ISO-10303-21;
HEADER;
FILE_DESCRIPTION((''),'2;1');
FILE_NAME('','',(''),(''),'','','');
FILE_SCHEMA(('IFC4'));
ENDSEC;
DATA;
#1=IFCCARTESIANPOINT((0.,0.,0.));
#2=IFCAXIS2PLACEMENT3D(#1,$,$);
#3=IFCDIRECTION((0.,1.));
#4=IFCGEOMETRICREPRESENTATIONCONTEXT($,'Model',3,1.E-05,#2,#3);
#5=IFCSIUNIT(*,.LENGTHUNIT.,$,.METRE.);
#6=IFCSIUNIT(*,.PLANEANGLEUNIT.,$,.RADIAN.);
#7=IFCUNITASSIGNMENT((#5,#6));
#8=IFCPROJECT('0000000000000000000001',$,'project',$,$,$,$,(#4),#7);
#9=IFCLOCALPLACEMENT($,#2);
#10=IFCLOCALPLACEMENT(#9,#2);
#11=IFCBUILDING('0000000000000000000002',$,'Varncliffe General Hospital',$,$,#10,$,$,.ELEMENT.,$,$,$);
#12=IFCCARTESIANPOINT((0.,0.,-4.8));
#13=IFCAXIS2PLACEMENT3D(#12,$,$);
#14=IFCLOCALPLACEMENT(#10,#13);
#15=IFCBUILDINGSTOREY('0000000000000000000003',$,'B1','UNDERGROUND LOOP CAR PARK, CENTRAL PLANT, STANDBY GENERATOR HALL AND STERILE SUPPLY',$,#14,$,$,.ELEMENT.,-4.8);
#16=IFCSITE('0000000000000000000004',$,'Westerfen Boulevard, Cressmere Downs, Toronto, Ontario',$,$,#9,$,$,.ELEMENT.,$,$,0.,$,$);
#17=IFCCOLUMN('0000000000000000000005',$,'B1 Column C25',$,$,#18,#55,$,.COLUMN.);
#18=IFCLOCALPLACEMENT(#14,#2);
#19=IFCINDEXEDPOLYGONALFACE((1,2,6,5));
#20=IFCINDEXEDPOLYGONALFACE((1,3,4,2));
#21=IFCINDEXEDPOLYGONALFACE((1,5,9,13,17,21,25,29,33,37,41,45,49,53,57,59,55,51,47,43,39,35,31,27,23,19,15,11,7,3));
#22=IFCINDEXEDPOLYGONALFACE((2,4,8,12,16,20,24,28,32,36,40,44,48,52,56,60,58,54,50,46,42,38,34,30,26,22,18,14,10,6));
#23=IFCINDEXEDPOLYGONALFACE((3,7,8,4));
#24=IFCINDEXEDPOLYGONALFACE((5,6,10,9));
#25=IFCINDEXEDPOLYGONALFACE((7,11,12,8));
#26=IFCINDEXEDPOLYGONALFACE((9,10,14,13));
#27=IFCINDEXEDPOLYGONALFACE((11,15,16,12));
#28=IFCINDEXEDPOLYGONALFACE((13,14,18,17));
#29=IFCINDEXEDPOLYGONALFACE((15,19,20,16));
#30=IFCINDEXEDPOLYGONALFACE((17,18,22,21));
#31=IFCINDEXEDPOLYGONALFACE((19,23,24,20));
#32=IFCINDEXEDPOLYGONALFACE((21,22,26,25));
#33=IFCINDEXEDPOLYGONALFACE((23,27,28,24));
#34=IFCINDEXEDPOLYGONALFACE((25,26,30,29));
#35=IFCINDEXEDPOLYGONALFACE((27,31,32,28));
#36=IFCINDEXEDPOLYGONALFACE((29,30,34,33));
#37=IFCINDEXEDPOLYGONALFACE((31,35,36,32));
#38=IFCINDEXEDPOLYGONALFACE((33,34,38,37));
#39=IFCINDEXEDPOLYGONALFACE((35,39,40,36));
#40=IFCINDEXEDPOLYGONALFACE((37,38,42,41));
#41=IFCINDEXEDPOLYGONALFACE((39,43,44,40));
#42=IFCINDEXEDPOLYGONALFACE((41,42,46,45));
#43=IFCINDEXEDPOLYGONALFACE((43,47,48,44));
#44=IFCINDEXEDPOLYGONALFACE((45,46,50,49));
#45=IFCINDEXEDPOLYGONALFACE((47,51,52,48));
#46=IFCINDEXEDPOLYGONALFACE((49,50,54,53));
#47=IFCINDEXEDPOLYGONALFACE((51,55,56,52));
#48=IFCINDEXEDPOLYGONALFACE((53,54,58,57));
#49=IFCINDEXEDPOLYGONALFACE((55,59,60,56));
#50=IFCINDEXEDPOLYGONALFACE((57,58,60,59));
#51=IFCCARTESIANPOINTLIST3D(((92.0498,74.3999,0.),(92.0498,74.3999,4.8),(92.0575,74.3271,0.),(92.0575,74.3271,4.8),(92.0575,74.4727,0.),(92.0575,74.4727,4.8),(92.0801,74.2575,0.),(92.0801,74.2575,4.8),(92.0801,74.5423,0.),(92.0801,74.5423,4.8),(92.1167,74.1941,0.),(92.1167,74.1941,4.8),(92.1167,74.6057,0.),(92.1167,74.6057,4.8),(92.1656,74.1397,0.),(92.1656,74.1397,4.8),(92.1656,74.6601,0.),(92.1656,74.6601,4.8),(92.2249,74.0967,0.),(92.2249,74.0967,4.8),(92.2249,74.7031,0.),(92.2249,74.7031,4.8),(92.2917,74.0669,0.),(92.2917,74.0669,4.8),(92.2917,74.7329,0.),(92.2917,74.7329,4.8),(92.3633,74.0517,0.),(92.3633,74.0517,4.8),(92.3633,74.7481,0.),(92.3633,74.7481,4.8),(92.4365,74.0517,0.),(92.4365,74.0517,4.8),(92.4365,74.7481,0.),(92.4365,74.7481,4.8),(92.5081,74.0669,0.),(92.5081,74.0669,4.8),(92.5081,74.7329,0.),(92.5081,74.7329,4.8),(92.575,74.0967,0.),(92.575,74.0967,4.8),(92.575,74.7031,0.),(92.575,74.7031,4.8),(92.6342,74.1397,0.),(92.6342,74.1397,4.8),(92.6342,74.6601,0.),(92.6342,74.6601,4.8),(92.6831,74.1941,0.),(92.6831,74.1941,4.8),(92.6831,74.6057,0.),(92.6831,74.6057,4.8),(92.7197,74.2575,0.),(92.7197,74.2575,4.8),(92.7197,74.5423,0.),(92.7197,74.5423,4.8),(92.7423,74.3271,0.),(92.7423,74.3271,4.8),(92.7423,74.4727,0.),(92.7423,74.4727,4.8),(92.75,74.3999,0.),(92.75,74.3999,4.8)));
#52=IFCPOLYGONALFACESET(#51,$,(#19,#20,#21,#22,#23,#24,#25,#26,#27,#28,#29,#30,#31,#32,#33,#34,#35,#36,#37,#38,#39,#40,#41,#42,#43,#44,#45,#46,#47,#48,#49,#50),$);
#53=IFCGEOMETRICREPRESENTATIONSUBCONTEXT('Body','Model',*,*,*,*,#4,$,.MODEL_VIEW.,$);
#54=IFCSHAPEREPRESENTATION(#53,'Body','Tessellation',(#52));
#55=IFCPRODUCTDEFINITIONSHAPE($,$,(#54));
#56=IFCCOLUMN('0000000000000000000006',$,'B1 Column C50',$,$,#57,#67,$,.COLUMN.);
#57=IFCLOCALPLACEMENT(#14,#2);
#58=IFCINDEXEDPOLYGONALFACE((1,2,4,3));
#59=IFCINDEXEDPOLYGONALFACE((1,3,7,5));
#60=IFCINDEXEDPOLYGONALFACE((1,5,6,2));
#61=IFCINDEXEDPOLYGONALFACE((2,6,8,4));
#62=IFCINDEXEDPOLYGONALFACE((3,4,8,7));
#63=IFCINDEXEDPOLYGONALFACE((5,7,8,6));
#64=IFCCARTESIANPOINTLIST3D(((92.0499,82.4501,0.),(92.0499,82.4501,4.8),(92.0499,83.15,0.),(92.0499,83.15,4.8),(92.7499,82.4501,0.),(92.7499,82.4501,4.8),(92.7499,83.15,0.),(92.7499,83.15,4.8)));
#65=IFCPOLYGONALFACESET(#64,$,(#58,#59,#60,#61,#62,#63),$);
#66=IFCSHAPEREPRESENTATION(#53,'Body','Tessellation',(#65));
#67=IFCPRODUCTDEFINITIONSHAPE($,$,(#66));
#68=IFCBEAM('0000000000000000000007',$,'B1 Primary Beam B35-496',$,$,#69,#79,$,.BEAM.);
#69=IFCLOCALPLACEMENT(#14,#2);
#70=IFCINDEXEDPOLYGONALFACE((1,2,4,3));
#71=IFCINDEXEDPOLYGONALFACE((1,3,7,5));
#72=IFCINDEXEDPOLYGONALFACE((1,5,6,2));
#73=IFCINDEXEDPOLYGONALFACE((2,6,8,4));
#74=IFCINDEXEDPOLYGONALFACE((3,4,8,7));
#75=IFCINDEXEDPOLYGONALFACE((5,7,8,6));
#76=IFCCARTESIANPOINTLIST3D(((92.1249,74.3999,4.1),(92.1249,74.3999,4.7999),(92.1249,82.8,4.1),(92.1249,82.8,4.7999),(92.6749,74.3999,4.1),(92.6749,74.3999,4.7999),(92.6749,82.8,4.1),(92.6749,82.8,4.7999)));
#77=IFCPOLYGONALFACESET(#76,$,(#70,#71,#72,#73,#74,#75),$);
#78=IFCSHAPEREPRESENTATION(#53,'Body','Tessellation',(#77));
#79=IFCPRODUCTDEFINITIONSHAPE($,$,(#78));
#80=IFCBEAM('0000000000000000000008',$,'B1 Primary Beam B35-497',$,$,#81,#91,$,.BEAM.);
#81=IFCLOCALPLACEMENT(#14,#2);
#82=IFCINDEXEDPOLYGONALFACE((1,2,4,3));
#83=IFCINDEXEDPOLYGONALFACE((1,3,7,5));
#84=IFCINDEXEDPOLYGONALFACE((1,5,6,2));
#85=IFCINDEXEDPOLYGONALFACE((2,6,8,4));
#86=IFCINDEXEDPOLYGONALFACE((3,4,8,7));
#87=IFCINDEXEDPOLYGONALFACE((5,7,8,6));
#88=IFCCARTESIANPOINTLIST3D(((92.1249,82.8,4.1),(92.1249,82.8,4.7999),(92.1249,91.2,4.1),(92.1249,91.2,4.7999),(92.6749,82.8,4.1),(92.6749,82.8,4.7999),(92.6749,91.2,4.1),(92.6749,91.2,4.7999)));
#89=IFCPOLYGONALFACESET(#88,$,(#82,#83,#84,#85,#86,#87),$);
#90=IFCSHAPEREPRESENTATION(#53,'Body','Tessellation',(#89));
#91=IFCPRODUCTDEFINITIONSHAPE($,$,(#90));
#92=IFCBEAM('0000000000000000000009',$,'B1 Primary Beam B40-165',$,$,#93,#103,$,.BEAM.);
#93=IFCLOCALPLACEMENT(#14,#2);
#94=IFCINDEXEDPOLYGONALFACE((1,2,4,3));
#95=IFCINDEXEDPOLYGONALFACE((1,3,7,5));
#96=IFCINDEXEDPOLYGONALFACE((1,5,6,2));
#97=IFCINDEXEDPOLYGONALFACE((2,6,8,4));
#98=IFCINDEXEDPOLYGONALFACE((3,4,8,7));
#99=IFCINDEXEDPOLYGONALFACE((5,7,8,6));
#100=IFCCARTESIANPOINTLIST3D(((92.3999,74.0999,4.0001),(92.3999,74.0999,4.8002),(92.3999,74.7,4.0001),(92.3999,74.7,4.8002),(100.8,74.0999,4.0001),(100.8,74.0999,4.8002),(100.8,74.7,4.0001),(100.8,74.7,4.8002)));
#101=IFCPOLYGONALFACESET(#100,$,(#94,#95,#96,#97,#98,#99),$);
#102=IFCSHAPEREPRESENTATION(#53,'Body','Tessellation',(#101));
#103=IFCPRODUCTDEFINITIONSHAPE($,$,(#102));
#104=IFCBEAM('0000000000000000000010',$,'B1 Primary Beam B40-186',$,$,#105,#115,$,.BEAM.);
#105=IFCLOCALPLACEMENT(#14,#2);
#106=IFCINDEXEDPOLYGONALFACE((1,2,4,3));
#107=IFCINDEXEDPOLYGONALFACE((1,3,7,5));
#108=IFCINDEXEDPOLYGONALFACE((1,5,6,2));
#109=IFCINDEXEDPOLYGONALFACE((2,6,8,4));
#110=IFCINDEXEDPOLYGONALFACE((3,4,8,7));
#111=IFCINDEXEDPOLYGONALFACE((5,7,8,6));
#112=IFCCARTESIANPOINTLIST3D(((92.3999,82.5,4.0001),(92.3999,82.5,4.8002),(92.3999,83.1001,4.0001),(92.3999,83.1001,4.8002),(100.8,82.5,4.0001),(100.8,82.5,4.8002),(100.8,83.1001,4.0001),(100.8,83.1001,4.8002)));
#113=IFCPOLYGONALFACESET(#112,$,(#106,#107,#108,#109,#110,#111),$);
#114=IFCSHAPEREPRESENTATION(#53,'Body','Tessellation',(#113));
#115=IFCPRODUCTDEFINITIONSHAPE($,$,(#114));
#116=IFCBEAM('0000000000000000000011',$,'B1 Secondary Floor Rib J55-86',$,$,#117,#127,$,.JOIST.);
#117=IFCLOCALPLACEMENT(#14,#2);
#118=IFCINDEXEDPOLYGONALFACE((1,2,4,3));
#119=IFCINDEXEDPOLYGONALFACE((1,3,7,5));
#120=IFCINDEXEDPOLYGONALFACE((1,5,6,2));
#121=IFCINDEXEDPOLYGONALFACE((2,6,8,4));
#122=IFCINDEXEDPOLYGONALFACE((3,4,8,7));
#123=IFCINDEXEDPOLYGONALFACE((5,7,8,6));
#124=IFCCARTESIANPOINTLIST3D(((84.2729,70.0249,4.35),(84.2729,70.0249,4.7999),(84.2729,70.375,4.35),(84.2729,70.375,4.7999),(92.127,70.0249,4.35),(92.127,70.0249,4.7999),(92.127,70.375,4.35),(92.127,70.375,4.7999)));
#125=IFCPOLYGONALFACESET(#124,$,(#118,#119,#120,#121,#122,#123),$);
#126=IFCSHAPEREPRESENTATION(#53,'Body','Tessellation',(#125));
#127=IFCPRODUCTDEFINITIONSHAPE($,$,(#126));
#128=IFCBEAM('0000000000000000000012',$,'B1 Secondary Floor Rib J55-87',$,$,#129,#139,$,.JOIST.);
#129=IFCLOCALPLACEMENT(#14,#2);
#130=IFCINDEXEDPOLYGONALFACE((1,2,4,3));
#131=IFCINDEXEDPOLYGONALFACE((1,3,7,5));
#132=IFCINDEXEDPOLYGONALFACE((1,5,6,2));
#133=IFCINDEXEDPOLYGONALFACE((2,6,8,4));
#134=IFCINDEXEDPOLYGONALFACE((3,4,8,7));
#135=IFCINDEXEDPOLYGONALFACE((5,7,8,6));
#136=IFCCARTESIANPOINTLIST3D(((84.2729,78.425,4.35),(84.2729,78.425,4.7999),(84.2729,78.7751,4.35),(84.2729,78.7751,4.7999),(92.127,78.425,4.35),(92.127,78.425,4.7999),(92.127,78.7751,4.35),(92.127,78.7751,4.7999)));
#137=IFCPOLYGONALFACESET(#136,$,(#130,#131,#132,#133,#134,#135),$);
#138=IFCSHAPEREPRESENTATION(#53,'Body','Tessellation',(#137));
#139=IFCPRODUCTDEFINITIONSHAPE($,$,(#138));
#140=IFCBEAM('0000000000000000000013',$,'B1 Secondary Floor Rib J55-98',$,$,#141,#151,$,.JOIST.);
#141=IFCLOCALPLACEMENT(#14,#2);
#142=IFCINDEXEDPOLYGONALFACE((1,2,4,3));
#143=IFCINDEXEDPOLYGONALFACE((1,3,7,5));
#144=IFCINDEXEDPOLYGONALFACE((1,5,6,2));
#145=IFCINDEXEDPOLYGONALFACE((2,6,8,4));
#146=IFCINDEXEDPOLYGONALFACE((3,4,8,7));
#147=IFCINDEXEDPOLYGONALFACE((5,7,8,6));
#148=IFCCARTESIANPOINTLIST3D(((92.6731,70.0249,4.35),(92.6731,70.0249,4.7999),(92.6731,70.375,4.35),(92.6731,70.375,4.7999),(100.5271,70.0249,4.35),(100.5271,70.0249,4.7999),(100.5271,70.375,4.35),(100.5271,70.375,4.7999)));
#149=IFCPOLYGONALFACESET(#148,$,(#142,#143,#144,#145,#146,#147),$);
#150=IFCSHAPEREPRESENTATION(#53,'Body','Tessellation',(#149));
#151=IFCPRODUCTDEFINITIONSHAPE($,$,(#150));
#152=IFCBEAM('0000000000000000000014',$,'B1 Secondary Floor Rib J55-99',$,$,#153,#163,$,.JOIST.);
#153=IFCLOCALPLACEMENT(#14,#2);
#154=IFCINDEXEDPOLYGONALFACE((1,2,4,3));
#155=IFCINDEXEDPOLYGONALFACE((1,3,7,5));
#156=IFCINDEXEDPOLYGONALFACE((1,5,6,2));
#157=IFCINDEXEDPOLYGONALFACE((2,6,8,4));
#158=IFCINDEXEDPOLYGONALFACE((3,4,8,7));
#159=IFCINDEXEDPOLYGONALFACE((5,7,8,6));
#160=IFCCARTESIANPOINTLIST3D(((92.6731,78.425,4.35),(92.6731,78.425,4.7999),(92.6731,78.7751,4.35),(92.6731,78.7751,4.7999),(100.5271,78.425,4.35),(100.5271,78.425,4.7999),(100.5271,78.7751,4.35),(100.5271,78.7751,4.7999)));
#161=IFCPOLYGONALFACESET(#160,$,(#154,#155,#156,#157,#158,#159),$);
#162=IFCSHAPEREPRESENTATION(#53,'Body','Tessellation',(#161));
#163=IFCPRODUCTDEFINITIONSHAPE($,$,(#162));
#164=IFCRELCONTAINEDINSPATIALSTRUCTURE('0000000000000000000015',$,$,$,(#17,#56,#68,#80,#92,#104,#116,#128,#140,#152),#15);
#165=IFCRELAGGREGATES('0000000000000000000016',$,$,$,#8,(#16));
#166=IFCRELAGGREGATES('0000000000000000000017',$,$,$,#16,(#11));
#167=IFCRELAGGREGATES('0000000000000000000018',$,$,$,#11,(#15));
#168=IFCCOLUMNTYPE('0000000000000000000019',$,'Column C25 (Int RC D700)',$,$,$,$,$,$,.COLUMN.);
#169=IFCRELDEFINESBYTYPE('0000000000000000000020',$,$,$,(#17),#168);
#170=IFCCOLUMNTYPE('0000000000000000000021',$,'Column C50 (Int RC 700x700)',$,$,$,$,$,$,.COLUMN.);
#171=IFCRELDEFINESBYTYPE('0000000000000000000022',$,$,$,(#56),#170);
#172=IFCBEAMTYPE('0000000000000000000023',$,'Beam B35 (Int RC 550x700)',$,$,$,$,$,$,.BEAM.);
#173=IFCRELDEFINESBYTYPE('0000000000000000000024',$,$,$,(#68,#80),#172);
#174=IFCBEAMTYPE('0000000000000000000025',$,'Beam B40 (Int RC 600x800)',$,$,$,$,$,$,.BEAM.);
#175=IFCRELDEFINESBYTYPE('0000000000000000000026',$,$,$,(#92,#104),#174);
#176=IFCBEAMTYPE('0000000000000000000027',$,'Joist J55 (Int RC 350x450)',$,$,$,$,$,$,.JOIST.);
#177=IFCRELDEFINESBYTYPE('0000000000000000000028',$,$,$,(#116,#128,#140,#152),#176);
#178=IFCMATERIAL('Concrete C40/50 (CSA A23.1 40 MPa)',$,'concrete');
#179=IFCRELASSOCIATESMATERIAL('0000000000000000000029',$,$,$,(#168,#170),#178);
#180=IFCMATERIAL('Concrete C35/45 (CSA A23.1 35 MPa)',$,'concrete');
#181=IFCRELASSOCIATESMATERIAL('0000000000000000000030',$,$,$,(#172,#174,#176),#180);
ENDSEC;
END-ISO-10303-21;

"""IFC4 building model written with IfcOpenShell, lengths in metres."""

from ifc_helpers import new_model, si_unit, direction, frame, origin, origin_2d, place, context, subcontext, project, spatial, rectangle, circle, extrude, material, material_profile, profile_set, type_object, element, save


model = new_model("IFC4")

# Units and contexts
model_context = context("Model", 3, precision=1e-05, world=origin(), true_north=direction((0.0, 1.0)))
body_context = subcontext(model_context, "Body", "Model", "MODEL_VIEW")
ifc_project = project(units=[si_unit("LENGTHUNIT", "METRE"), si_unit("PLANEANGLEUNIT", "RADIAN")], contexts=[model_context])

# Site, building, storey
site_placement = place(None, origin())
site = spatial("IfcSite", under=ifc_project, at=site_placement, Name="Westerfen Boulevard, Cressmere Downs, Toronto, Ontario", CompositionType="ELEMENT", RefElevation=0.0)
building_placement = place(site_placement, origin())
building = spatial("IfcBuilding", under=site, at=building_placement, Name="Varncliffe General Hospital", CompositionType="ELEMENT")
storey_placement = place(building_placement, frame((0.0, 0.0, -4.8)))
storey = spatial("IfcBuildingStorey", under=building, at=storey_placement, Name="B1", Description="UNDERGROUND LOOP CAR PARK, CENTRAL PLANT, STANDBY GENERATOR HALL AND STERILE SUPPLY", CompositionType="ELEMENT", Elevation=-4.8)

# Shared definitions
ifc_material_1 = material(Name="Concrete C40/50 (CSA A23.1 40 MPa)", Category="concrete")

# Columns
ifc_material_profile_1 = material_profile(ifc_material_1, circle(Radius=0.3501, at=origin_2d()), Name="RC D700")
ifc_profile_set_1 = profile_set([ifc_material_profile_1], Name="Concrete C40/50 (CSA A23.1 40 MPa)")
column_type_1 = type_object("IfcColumnType", Name="Column C25 (Int RC D700)", PredefinedType="COLUMN", material=ifc_profile_set_1)
column_1_placement = place(storey_placement, frame((92.3999, 74.3999, 0.0), z_axis=(0.0, 0.0, 1.0), x_axis=(1.0, 0.0, 0.0)))
element("IfcColumn", 1, at=column_1_placement, inside=storey, type_object=column_type_1, Name="B1 Column C25", PredefinedType="COLUMN", context=body_context, shape_type="SweptSolid", body=[
    extrude(circle(Radius=0.3501, at=origin_2d()), origin(), (0.0, 0.0, 1.0), 4.8),
])
ifc_material_profile_2 = material_profile(ifc_material_1, rectangle(XDim=0.7, YDim=0.7, at=origin_2d()), Name="RC 700x700")
ifc_profile_set_2 = profile_set([ifc_material_profile_2], Name="Concrete C40/50 (CSA A23.1 40 MPa)")
column_type_2 = type_object("IfcColumnType", Name="Column C50 (Int RC 700x700)", PredefinedType="COLUMN", material=ifc_profile_set_2)
column_2_placement = place(storey_placement, frame((92.3999, 82.8, 0.0), z_axis=(0.0, 0.0, 1.0), x_axis=(1.0, 0.0, 0.0)))
element("IfcColumn", 2, at=column_2_placement, inside=storey, type_object=column_type_2, Name="B1 Column C50", PredefinedType="COLUMN", context=body_context, shape_type="SweptSolid", body=[
    extrude(rectangle(XDim=0.7, YDim=0.7, at=origin_2d()), origin(), (0.0, 0.0, 1.0), 4.8),
])

# Beams
ifc_material_2 = material(Name="Concrete C35/45 (CSA A23.1 35 MPa)", Category="concrete")
ifc_material_profile_3 = material_profile(ifc_material_2, rectangle(XDim=0.55, YDim=0.7, at=origin_2d()), Name="RC 550x700")
ifc_profile_set_3 = profile_set([ifc_material_profile_3], Name="Concrete C35/45 (CSA A23.1 35 MPa)")
beam_type_1 = type_object("IfcBeamType", Name="Beam B35 (Int RC 550x700)", PredefinedType="BEAM", material=ifc_profile_set_3)
beam_1_placement = place(storey_placement, frame((92.3999, 74.3999, 4.45), z_axis=(0.0, 1.0, 0.0), x_axis=(-1.0, 0.0, 0.0)))
element("IfcBeam", 3, at=beam_1_placement, inside=storey, type_object=beam_type_1, Name="B1 Primary Beam B35-496", PredefinedType="BEAM", context=body_context, shape_type="SweptSolid", body=[
    extrude(rectangle(XDim=0.55, YDim=0.7, at=origin_2d()), origin(), (0.0, 0.0, 1.0), 8.4001),
])
beam_2_placement = place(storey_placement, frame((92.3999, 82.8, 4.45), z_axis=(0.0, 1.0, 0.0), x_axis=(-1.0, 0.0, 0.0)))
element("IfcBeam", 4, at=beam_2_placement, inside=storey, type_object=beam_type_1, Name="B1 Primary Beam B35-497", PredefinedType="BEAM", context=body_context, shape_type="SweptSolid", body=[
    extrude(rectangle(XDim=0.55, YDim=0.7, at=origin_2d()), origin(), (0.0, 0.0, 1.0), 8.3999),
])
ifc_material_profile_4 = material_profile(ifc_material_2, rectangle(XDim=0.6001, YDim=0.8, at=origin_2d()), Name="RC 600x800")
ifc_profile_set_4 = profile_set([ifc_material_profile_4], Name="Concrete C35/45 (CSA A23.1 35 MPa)")
beam_type_2 = type_object("IfcBeamType", Name="Beam B40 (Int RC 600x800)", PredefinedType="BEAM", material=ifc_profile_set_4)
for number, where, z_axis, x_axis, name in (
    (5, (92.3999, 74.3999, 4.4001), (1.0, 0.0, 0.0), (0.0, 1.0, 0.0), "B1 Primary Beam B40-165"),
    (6, (92.3999, 82.8, 4.4001), (1.0, 0.0, 0.0), (0.0, 1.0, 0.0), "B1 Primary Beam B40-186"),
):
    element("IfcBeam", number, at=place(storey_placement, frame(where, z_axis=z_axis, x_axis=x_axis)), inside=storey, type_object=beam_type_2, Name=name, PredefinedType="BEAM", context=body_context, shape_type="SweptSolid", body=[
        extrude(rectangle(XDim=0.6001, YDim=0.8, at=origin_2d()), origin(), (0.0, 0.0, 1.0), 8.4001),
    ])
ifc_material_profile_5 = material_profile(ifc_material_2, rectangle(XDim=0.3501, YDim=0.45, at=origin_2d()), Name="RC 350x450")
ifc_profile_set_5 = profile_set([ifc_material_profile_5], Name="Concrete C35/45 (CSA A23.1 35 MPa)")
beam_type_3 = type_object("IfcBeamType", Name="Joist J55 (Int RC 350x450)", PredefinedType="JOIST", material=ifc_profile_set_5)
for number, where, z_axis, x_axis, name in (
    (7, (84.2729, 70.2, 4.575), (1.0, 0.0, 0.0), (0.0, 1.0, 0.0), "B1 Secondary Floor Rib J55-86"),
    (8, (84.2729, 78.6001, 4.575), (1.0, 0.0, 0.0), (0.0, 1.0, 0.0), "B1 Secondary Floor Rib J55-87"),
    (9, (92.6731, 70.2, 4.575), (1.0, 0.0, 0.0), (0.0, 1.0, 0.0), "B1 Secondary Floor Rib J55-98"),
    (10, (92.6731, 78.6001, 4.575), (1.0, 0.0, 0.0), (0.0, 1.0, 0.0), "B1 Secondary Floor Rib J55-99"),
):
    element("IfcBeam", number, at=place(storey_placement, frame(where, z_axis=z_axis, x_axis=x_axis)), inside=storey, type_object=beam_type_3, Name=name, PredefinedType="JOIST", context=body_context, shape_type="SweptSolid", body=[
        extrude(rectangle(XDim=0.3501, YDim=0.45, at=origin_2d()), origin(), (0.0, 0.0, 1.0), 7.854),
    ])

save(model, "model.ifc")
